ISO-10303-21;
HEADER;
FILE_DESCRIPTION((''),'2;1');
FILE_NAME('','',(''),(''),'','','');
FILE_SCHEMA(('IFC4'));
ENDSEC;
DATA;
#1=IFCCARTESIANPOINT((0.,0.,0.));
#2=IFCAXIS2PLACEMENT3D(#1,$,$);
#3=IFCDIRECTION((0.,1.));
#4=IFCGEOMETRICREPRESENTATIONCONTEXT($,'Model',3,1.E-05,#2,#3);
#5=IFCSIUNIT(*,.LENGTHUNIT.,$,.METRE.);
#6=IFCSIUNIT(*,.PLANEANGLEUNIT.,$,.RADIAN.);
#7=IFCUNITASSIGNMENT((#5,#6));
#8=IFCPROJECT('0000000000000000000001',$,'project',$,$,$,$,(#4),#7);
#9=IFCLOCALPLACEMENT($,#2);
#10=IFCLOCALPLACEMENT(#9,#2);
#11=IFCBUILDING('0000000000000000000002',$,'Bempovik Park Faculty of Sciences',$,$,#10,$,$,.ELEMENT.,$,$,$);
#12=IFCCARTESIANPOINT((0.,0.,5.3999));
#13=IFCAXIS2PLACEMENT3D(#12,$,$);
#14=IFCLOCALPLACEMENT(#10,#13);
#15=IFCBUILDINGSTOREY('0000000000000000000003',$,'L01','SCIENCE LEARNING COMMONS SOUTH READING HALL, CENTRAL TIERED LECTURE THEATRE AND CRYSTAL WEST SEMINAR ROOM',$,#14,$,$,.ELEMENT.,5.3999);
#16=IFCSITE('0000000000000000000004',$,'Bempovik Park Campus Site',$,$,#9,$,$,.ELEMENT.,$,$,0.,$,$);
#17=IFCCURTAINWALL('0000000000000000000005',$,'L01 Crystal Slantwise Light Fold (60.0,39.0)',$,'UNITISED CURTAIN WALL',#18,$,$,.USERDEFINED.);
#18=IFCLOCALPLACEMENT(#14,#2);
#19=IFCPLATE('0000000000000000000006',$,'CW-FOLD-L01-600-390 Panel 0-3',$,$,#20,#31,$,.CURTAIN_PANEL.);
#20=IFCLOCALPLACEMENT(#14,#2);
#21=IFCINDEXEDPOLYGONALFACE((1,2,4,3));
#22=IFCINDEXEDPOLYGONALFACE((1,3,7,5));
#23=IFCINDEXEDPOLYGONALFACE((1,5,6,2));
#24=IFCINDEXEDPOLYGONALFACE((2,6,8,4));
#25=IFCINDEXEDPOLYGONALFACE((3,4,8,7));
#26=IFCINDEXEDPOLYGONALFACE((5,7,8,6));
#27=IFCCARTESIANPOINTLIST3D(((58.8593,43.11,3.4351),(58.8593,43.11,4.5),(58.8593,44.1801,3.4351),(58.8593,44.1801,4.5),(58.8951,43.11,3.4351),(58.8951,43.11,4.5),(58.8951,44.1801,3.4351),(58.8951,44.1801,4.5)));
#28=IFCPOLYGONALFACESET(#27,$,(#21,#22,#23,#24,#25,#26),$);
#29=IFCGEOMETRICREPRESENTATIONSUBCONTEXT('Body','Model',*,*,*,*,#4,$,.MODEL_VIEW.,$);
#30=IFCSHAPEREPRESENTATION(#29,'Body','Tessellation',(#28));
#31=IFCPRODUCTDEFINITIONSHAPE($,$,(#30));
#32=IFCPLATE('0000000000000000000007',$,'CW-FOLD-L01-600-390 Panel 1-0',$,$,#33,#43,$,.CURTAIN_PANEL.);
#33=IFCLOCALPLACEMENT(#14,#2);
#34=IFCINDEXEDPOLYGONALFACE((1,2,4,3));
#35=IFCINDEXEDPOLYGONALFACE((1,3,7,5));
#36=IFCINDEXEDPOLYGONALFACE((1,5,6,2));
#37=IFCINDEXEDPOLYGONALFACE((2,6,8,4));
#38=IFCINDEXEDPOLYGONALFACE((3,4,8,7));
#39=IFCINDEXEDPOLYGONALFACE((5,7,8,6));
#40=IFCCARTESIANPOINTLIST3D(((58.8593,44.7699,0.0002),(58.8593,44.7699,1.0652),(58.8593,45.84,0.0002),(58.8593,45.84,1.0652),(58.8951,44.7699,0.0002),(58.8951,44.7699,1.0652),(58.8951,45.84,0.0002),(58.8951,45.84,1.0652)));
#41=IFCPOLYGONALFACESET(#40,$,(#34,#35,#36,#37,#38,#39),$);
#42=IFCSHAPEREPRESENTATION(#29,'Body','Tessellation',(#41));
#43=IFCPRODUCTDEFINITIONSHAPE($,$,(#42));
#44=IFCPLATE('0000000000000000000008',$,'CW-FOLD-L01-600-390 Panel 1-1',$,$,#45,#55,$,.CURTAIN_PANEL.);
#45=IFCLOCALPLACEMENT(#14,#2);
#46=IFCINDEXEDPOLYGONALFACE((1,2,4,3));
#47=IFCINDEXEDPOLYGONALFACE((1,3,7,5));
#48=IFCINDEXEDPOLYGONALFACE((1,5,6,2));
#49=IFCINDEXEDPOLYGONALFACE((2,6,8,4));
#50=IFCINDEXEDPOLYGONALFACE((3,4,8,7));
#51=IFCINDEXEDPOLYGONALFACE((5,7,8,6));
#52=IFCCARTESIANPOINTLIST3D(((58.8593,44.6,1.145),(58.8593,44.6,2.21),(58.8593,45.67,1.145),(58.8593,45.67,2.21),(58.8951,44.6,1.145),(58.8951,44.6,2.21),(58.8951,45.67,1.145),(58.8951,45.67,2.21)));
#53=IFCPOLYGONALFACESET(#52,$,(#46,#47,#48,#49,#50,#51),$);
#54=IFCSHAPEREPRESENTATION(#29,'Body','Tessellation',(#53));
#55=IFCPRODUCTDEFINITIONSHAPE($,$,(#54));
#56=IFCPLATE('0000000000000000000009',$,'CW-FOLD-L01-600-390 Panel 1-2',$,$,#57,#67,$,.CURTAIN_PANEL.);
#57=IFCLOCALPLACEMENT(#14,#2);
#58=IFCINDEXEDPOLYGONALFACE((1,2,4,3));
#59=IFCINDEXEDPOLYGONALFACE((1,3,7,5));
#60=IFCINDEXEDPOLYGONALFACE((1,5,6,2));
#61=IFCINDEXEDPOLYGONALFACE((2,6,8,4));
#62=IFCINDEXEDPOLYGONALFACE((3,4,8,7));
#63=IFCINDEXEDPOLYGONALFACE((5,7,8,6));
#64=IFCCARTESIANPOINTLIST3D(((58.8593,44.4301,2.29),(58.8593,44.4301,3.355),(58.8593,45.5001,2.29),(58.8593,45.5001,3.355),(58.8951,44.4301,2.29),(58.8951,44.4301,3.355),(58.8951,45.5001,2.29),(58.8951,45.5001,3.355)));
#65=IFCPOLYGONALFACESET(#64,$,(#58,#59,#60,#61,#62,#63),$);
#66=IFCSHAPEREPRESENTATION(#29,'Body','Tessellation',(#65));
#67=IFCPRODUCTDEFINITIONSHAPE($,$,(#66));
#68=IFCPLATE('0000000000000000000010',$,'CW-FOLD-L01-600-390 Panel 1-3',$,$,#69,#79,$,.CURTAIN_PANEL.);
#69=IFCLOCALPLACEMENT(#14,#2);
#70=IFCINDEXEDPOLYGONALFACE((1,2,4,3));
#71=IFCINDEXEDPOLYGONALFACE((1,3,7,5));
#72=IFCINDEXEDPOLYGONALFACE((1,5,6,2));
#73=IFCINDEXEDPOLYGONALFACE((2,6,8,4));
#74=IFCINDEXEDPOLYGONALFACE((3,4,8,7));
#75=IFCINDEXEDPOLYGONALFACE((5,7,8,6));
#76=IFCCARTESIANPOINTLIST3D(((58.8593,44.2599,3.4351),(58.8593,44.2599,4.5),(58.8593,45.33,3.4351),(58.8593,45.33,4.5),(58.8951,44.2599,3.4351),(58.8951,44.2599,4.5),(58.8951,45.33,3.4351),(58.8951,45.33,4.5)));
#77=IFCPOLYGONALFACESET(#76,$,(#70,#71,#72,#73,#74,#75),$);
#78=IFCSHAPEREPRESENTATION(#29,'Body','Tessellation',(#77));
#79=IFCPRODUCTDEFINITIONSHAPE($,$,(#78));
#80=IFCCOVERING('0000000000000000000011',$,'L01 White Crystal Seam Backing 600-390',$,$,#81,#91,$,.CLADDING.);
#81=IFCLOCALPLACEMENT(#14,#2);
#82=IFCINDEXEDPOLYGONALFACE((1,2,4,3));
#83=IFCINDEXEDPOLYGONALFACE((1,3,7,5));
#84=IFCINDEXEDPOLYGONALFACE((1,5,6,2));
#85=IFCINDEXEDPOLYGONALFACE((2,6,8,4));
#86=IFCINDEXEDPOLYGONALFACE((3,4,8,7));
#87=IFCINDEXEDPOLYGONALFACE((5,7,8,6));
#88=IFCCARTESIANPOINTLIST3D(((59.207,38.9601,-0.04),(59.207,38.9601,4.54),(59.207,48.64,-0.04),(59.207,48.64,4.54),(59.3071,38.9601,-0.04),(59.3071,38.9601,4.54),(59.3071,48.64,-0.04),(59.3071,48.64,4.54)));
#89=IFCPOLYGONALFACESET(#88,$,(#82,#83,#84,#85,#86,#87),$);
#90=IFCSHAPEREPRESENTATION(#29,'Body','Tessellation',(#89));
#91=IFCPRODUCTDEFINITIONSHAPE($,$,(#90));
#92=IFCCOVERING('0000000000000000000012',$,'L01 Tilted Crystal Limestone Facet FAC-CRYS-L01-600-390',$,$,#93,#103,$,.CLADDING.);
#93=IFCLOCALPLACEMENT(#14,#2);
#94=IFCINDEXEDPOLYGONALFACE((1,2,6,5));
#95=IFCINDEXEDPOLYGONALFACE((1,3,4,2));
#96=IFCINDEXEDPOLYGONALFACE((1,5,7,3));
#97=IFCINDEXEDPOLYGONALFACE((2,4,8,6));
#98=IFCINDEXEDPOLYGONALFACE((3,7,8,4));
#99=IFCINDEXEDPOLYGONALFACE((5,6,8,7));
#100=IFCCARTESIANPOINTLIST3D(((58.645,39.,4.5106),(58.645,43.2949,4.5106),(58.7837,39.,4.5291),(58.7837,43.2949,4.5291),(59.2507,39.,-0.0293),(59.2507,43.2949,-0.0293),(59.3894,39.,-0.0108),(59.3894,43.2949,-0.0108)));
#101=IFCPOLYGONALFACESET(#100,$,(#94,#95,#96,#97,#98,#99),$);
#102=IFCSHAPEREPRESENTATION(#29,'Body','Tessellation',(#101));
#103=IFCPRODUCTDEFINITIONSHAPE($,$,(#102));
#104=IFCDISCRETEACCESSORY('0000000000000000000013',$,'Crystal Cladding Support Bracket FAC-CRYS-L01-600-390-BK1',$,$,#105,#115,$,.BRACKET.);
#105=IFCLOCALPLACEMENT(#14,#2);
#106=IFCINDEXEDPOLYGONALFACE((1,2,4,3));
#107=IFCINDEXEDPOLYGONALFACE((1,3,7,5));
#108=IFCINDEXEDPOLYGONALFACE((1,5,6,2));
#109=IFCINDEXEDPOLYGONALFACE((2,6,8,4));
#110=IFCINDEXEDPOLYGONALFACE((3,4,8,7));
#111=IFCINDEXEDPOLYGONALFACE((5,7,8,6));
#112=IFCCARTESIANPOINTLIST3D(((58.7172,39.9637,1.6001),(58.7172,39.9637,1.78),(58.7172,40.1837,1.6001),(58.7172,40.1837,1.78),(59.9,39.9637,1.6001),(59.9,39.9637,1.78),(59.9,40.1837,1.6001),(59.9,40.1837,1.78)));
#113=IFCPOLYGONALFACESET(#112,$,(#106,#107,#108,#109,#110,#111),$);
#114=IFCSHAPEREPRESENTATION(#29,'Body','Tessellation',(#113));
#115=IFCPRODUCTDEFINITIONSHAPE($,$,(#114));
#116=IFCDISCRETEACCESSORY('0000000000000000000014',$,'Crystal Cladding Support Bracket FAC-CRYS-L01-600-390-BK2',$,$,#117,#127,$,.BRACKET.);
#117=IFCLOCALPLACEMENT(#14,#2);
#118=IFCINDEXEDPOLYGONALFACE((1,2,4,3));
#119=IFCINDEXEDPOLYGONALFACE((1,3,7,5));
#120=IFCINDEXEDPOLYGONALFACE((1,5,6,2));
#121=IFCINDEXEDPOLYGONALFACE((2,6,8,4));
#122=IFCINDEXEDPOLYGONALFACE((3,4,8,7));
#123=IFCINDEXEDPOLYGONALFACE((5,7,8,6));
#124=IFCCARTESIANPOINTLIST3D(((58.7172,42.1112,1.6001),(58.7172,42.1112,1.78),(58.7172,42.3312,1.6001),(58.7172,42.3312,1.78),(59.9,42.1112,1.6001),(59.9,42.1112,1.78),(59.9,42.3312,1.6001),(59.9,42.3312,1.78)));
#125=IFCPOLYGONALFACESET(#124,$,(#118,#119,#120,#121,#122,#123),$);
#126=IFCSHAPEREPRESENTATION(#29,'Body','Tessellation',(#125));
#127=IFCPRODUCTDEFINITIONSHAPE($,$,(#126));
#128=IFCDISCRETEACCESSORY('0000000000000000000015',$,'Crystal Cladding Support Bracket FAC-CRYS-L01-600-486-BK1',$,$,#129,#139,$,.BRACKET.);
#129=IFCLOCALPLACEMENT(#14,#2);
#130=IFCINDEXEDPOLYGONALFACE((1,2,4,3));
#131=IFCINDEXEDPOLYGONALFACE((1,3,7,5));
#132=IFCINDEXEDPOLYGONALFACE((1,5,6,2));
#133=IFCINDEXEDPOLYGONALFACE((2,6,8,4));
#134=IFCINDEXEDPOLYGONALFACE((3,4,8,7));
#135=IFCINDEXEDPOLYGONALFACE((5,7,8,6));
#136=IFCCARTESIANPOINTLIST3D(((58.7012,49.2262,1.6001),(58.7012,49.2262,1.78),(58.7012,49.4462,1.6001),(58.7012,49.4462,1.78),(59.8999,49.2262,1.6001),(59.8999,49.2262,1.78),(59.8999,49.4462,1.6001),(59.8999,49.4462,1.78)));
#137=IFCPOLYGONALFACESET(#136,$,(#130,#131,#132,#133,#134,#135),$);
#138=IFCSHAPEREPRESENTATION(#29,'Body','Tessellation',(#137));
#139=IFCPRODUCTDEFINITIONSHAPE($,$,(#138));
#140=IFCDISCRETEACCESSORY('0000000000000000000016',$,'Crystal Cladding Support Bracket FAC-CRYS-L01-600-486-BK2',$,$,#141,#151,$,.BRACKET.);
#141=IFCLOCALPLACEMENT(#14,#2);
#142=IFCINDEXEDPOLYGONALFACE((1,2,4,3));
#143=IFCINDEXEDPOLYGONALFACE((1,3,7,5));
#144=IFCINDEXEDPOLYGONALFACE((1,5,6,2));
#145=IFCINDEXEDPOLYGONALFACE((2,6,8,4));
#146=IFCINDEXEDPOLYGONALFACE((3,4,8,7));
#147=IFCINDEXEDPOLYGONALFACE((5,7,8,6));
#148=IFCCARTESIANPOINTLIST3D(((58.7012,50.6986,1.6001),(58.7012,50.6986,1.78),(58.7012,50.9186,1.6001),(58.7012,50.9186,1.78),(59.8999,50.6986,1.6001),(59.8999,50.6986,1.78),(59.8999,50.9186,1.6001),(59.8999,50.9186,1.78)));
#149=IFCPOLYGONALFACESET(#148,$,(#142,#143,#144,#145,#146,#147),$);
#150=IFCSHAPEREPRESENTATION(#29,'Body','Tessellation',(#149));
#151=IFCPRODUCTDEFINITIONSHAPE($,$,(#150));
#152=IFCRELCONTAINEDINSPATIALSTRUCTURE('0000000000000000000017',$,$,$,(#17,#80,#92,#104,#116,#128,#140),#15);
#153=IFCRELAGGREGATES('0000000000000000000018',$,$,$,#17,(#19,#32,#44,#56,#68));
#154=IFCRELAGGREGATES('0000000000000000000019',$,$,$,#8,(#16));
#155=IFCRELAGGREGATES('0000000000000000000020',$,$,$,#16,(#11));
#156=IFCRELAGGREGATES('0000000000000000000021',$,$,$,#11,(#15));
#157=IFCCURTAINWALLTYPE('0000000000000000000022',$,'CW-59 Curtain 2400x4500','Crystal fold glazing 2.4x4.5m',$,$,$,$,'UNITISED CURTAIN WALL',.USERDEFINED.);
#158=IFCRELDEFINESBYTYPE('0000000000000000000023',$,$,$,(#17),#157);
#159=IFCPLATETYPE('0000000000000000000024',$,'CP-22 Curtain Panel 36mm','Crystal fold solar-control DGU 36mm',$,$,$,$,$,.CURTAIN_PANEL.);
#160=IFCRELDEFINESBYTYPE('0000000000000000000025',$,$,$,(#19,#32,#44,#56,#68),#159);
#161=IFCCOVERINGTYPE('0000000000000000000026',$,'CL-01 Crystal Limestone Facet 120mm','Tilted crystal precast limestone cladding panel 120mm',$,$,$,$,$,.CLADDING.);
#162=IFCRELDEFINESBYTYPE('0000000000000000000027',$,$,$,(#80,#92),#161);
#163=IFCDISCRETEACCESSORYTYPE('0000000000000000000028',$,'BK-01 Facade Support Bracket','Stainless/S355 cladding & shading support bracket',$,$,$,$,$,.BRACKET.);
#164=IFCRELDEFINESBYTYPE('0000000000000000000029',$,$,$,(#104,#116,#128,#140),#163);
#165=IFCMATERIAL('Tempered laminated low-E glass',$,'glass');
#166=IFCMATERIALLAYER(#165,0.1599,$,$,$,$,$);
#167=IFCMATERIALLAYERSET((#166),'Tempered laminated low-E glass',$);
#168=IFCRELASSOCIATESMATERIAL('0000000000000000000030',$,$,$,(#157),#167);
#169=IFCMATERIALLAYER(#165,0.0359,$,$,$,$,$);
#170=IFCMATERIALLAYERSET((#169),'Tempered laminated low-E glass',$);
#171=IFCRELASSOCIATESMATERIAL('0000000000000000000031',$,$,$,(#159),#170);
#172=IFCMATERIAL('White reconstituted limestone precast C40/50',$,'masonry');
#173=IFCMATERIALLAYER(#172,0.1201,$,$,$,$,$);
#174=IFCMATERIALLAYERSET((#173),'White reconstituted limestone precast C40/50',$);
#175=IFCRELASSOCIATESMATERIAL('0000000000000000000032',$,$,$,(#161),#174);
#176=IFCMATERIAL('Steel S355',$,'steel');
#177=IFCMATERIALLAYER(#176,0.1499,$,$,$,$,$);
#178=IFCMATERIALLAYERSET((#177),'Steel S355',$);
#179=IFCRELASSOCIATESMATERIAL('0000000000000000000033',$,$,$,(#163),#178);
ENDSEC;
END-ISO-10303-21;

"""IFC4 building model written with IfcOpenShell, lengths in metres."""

from ifc_helpers import new_model, si_unit, direction, frame, origin, origin_2d, place, context, subcontext, project, spatial, rectangle, extrude, material, layer, layer_set, type_object, element, aggregate, save


model = new_model("IFC4")

# Units and contexts
model_context = context("Model", 3, precision=1e-05, world=origin(), true_north=direction((0.0, 1.0)))
body_context = subcontext(model_context, "Body", "Model", "MODEL_VIEW")
ifc_project = project(units=[si_unit("LENGTHUNIT", "METRE"), si_unit("PLANEANGLEUNIT", "RADIAN")], contexts=[model_context])

# Site, building, storey
site_placement = place(None, origin())
site = spatial("IfcSite", under=ifc_project, at=site_placement, Name="Bempovik Park Campus Site", CompositionType="ELEMENT", RefElevation=0.0)
building_placement = place(site_placement, origin())
building = spatial("IfcBuilding", under=site, at=building_placement, Name="Bempovik Park Faculty of Sciences", CompositionType="ELEMENT")
storey_placement = place(building_placement, frame((0.0, 0.0, 5.3999)))
storey = spatial("IfcBuildingStorey", under=building, at=storey_placement, Name="L01", Description="SCIENCE LEARNING COMMONS SOUTH READING HALL, CENTRAL TIERED LECTURE THEATRE AND CRYSTAL WEST SEMINAR ROOM", CompositionType="ELEMENT", Elevation=5.3999)

# Curtain wall
ifc_material_1 = material(Name="Tempered laminated low-E glass", Category="glass")
ifc_layer_1 = layer(ifc_material_1, 0.1599)
ifc_layer_set_1 = layer_set([ifc_layer_1], Name="Tempered laminated low-E glass")
curtain_wall_type = type_object("IfcCurtainWallType", Name="CW-59 Curtain 2400x4500", Description="Crystal fold glazing 2.4x4.5m", ElementType="UNITISED CURTAIN WALL", PredefinedType="USERDEFINED", material=ifc_layer_set_1)
curtain_wall_1_placement = place(storey_placement, origin())
curtain_wall_1 = element("IfcCurtainWall", 1, at=curtain_wall_1_placement, inside=storey, type_object=curtain_wall_type, Name="L01 Crystal Slantwise Light Fold (60.0,39.0)", ObjectType="UNITISED CURTAIN WALL", PredefinedType="USERDEFINED")

# Plates
ifc_layer_2 = layer(ifc_material_1, 0.0359)
ifc_layer_set_2 = layer_set([ifc_layer_2], Name="Tempered laminated low-E glass")
plate_type = type_object("IfcPlateType", Name="CP-22 Curtain Panel 36mm", Description="Crystal fold solar-control DGU 36mm", PredefinedType="CURTAIN_PANEL", material=ifc_layer_set_2)
plate_1_placement = place(storey_placement, frame((58.8772, 43.645, 3.4351), z_axis=(0.0, 0.0, 1.0), x_axis=(0.0, 1.0, 0.0)))
plate_1 = element("IfcPlate", 2, at=plate_1_placement, type_object=plate_type, Name="CW-FOLD-L01-600-390 Panel 0-3", PredefinedType="CURTAIN_PANEL", context=body_context, shape_type="SweptSolid", body=[
    extrude(rectangle(XDim=1.0701, YDim=0.0359, at=origin_2d()), origin(), (0.0, 0.0, 1.0), 1.0649),
])
plate_2_placement = place(storey_placement, frame((58.8772, 45.3049, 0.0002), z_axis=(0.0, 0.0, 1.0), x_axis=(0.0, 1.0, 0.0)))
plate_2 = element("IfcPlate", 3, at=plate_2_placement, type_object=plate_type, Name="CW-FOLD-L01-600-390 Panel 1-0", PredefinedType="CURTAIN_PANEL", context=body_context, shape_type="SweptSolid", body=[
    extrude(rectangle(XDim=1.0701, YDim=0.0359, at=origin_2d()), origin(), (0.0, 0.0, 1.0), 1.0649),
])
plate_3_placement = place(storey_placement, frame((58.8772, 45.135, 1.145), z_axis=(0.0, 0.0, 1.0), x_axis=(0.0, 1.0, 0.0)))
plate_3 = element("IfcPlate", 4, at=plate_3_placement, type_object=plate_type, Name="CW-FOLD-L01-600-390 Panel 1-1", PredefinedType="CURTAIN_PANEL", context=body_context, shape_type="SweptSolid", body=[
    extrude(rectangle(XDim=1.0701, YDim=0.0359, at=origin_2d()), origin(), (0.0, 0.0, 1.0), 1.0649),
])
plate_4_placement = place(storey_placement, frame((58.8772, 44.9651, 2.29), z_axis=(0.0, 0.0, 1.0), x_axis=(0.0, 1.0, 0.0)))
plate_4 = element("IfcPlate", 5, at=plate_4_placement, type_object=plate_type, Name="CW-FOLD-L01-600-390 Panel 1-2", PredefinedType="CURTAIN_PANEL", context=body_context, shape_type="SweptSolid", body=[
    extrude(rectangle(XDim=1.0701, YDim=0.0359, at=origin_2d()), origin(), (0.0, 0.0, 1.0), 1.0649),
])
plate_5_placement = place(storey_placement, frame((58.8772, 44.7949, 3.4351), z_axis=(0.0, 0.0, 1.0), x_axis=(0.0, 1.0, 0.0)))
plate_5 = element("IfcPlate", 6, at=plate_5_placement, type_object=plate_type, Name="CW-FOLD-L01-600-390 Panel 1-3", PredefinedType="CURTAIN_PANEL", context=body_context, shape_type="SweptSolid", body=[
    extrude(rectangle(XDim=1.0701, YDim=0.0359, at=origin_2d()), origin(), (0.0, 0.0, 1.0), 1.0649),
])
aggregate(curtain_wall_1, [plate_1, plate_2, plate_3, plate_4, plate_5])

# Coverings
ifc_material_2 = material(Name="White reconstituted limestone precast C40/50", Category="masonry")
ifc_layer_3 = layer(ifc_material_2, 0.1201)
ifc_layer_set_3 = layer_set([ifc_layer_3], Name="White reconstituted limestone precast C40/50")
covering_type = type_object("IfcCoveringType", Name="CL-01 Crystal Limestone Facet 120mm", Description="Tilted crystal precast limestone cladding panel 120mm", PredefinedType="CLADDING", material=ifc_layer_set_3)
covering_1_placement = place(storey_placement, frame((59.2571, 43.8, -0.04), z_axis=(0.0, 0.0, 1.0), x_axis=(1.0, 0.0, 0.0)))
element("IfcCovering", 7, at=covering_1_placement, inside=storey, type_object=covering_type, Name="L01 White Crystal Seam Backing 600-390", PredefinedType="CLADDING", context=body_context, shape_type="SweptSolid", body=[
    extrude(rectangle(XDim=0.1001, YDim=9.6799, at=origin_2d()), origin(), (0.0, 0.0, 1.0), 4.5801),
])
covering_2_placement = place(storey_placement, frame((59.3201, 41.1475, -0.02), z_axis=(-0.132256, 0.0, 0.991216), x_axis=(0.0, 1.0, 0.0)))
element("IfcCovering", 8, at=covering_2_placement, inside=storey, type_object=covering_type, Name="L01 Tilted Crystal Limestone Facet FAC-CRYS-L01-600-390", PredefinedType="CLADDING", context=body_context, shape_type="SweptSolid", body=[
    extrude(rectangle(XDim=4.2949, YDim=0.1399, at=origin_2d()), origin(), (0.0, 0.0, 1.0), 4.5801),
])

# Discrete accessories
ifc_material_3 = material(Name="Steel S355", Category="steel")
ifc_layer_4 = layer(ifc_material_3, 0.1499)
ifc_layer_set_4 = layer_set([ifc_layer_4], Name="Steel S355")
discrete_accessory_type = type_object("IfcDiscreteAccessoryType", Name="BK-01 Facade Support Bracket", Description="Stainless/S355 cladding & shading support bracket", PredefinedType="BRACKET", material=ifc_layer_set_4)
for number, where, z_axis, x_axis, name in (
    (9, (59.3086, 40.0737, 1.6001), (0.0, 0.0, 1.0), (1.0, 0.0, 0.0), "Crystal Cladding Support Bracket FAC-CRYS-L01-600-390-BK1"),
    (10, (59.3086, 42.2212, 1.6001), (0.0, 0.0, 1.0), (1.0, 0.0, 0.0), "Crystal Cladding Support Bracket FAC-CRYS-L01-600-390-BK2"),
):
    element("IfcDiscreteAccessory", number, at=place(storey_placement, frame(where, z_axis=z_axis, x_axis=x_axis)), inside=storey, type_object=discrete_accessory_type, Name=name, PredefinedType="BRACKET", context=body_context, shape_type="SweptSolid", body=[
        extrude(rectangle(XDim=1.1829, YDim=0.22, at=origin_2d()), origin(), (0.0, 0.0, 1.0), 0.1799),
    ])
for number, where, z_axis, x_axis, name in (
    (11, (59.3005, 49.3362, 1.6001), (0.0, 0.0, 1.0), (1.0, 0.0, 0.0), "Crystal Cladding Support Bracket FAC-CRYS-L01-600-486-BK1"),
    (12, (59.3005, 50.8086, 1.6001), (0.0, 0.0, 1.0), (1.0, 0.0, 0.0), "Crystal Cladding Support Bracket FAC-CRYS-L01-600-486-BK2"),
):
    element("IfcDiscreteAccessory", number, at=place(storey_placement, frame(where, z_axis=z_axis, x_axis=x_axis)), inside=storey, type_object=discrete_accessory_type, Name=name, PredefinedType="BRACKET", context=body_context, shape_type="SweptSolid", body=[
        extrude(rectangle(XDim=1.1987, YDim=0.22, at=origin_2d()), origin(), (0.0, 0.0, 1.0), 0.1799),
    ])

save(model, "model.ifc")
